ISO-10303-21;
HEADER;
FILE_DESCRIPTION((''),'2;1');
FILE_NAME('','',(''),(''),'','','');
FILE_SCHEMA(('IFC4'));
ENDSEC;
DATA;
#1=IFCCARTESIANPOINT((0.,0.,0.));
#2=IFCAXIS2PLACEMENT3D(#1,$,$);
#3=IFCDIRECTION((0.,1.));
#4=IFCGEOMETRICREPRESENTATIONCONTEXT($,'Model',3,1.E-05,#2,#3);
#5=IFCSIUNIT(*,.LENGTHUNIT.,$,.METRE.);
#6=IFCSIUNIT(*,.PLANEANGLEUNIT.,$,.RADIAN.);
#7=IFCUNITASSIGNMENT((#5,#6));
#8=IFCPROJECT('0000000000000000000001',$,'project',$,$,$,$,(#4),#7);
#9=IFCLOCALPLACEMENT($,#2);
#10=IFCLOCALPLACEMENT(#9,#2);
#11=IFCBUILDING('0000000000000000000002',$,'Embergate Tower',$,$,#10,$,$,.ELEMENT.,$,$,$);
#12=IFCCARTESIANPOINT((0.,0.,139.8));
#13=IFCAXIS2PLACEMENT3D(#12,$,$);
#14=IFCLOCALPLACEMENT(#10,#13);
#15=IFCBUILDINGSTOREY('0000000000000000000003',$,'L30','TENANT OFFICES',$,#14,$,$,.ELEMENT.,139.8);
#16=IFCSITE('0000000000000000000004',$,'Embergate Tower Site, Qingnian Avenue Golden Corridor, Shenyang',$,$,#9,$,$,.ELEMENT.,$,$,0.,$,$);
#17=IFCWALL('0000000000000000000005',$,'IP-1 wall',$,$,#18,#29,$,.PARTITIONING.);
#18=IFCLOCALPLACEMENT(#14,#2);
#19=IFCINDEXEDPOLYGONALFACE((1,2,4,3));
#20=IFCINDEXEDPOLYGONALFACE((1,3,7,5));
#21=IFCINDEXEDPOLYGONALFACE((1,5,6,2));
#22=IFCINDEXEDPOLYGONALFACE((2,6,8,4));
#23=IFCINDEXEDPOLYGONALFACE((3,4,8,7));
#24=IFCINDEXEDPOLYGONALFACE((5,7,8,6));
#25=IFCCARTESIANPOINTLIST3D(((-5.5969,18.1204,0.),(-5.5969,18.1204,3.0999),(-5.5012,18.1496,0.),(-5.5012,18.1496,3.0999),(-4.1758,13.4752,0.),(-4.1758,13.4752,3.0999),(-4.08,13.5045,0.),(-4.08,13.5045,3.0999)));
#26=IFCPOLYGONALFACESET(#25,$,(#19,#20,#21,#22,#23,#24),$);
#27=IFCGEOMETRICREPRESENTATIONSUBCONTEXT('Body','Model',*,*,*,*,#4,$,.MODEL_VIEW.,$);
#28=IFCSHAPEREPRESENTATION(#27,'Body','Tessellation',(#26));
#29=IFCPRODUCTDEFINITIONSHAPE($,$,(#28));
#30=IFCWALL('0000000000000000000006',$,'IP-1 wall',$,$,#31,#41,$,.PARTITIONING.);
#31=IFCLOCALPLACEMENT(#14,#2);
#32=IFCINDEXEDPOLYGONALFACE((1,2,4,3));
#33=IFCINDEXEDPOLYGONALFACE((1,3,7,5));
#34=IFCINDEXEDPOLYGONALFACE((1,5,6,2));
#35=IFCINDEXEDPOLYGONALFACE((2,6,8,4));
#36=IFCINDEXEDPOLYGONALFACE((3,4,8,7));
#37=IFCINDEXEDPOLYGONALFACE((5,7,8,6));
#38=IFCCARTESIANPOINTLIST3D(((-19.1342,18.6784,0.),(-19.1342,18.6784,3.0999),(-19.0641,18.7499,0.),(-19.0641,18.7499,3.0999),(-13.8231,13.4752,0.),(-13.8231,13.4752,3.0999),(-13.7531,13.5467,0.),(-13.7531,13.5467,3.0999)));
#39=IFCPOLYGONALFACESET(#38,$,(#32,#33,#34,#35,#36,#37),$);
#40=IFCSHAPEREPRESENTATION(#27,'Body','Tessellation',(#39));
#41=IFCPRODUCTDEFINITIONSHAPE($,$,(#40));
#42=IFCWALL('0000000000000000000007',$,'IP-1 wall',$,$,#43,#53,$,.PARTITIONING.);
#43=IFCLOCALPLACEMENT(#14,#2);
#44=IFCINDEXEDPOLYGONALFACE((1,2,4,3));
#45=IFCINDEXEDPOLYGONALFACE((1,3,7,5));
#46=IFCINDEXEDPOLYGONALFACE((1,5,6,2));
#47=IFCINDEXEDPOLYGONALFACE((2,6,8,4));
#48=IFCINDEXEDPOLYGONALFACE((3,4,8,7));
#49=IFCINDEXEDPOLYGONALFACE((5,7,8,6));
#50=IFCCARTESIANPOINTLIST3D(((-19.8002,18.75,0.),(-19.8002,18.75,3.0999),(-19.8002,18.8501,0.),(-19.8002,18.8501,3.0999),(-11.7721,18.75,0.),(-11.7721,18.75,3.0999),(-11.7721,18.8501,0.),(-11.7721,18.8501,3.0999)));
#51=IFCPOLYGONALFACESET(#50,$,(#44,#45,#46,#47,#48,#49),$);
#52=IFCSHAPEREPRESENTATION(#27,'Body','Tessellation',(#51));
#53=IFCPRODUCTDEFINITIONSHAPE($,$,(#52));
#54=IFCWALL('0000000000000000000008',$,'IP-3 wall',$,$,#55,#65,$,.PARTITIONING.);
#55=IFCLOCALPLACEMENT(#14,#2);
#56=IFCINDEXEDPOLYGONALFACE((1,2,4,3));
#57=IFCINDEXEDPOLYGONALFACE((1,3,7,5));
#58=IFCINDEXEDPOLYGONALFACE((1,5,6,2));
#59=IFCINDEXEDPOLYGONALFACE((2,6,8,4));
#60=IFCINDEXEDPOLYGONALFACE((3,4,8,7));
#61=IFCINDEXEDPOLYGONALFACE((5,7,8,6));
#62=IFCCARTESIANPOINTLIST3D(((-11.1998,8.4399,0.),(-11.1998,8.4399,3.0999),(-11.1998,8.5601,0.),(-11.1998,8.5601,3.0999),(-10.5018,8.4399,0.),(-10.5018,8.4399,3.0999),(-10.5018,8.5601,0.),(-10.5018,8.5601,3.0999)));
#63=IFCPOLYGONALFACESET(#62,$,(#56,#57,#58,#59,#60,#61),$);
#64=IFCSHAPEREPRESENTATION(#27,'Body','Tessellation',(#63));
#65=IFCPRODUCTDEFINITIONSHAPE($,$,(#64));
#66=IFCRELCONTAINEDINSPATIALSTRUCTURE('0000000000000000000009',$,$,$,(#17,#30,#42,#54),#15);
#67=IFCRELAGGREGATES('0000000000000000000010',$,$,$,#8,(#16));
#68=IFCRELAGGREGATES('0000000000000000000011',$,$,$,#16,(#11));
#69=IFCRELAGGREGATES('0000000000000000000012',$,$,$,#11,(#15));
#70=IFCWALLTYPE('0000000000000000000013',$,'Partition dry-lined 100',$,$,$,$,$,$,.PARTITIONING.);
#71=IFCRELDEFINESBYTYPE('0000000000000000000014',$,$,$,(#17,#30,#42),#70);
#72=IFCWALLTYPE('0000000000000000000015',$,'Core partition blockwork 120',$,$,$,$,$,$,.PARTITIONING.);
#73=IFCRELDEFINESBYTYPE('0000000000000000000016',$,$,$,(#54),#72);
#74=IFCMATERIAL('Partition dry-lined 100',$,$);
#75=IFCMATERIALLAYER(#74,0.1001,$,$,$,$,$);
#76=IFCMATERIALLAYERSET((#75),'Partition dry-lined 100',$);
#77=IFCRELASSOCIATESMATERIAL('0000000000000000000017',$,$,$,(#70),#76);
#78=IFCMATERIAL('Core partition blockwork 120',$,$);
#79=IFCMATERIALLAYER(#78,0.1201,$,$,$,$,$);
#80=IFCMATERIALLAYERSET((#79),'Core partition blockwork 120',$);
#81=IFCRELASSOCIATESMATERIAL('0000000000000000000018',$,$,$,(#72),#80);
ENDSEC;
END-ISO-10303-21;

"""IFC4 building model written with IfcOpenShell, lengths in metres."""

from ifc_helpers import new_model, si_unit, direction, frame, frame_2d, origin, place, context, subcontext, project, spatial, rectangle, extrude, source, transform, mapped, material, layer, layer_set, type_object, element, save


model = new_model("IFC4")

# Units and contexts
model_context = context("Model", 3, precision=1e-05, world=origin(), true_north=direction((0.0, 1.0)))
body_context = subcontext(model_context, "Body", "Model", "MODEL_VIEW")
ifc_project = project(units=[si_unit("LENGTHUNIT", "METRE"), si_unit("PLANEANGLEUNIT", "RADIAN")], contexts=[model_context])

# Site, building, storey
site_placement = place(None, origin())
site = spatial("IfcSite", under=ifc_project, at=site_placement, Name="Embergate Tower Site, Qingnian Avenue Golden Corridor, Shenyang", CompositionType="ELEMENT", RefElevation=0.0)
building_placement = place(site_placement, origin())
building = spatial("IfcBuilding", under=site, at=building_placement, Name="Embergate Tower", CompositionType="ELEMENT")
storey_placement = place(building_placement, frame((0.0, 0.0, 139.8)))
storey = spatial("IfcBuildingStorey", under=building, at=storey_placement, Name="L30", Description="TENANT OFFICES", CompositionType="ELEMENT", Elevation=139.8)

# Shared definitions
ifc_material_1 = material(Name="Partition dry-lined 100")
ifc_layer_1 = layer(ifc_material_1, 0.1001)
ifc_layer_set_1 = layer_set([ifc_layer_1], Name="Partition dry-lined 100")
wall_type_1 = type_object("IfcWallType", Name="Partition dry-lined 100", PredefinedType="PARTITIONING", material=ifc_layer_set_1)

# Walls
shared_shape_1 = source(origin(), body_context, "Body", "SweptSolid", [
    extrude(rectangle(XDim=4.8577, YDim=0.1001, at=frame_2d((2.4287, 0.0))), origin(), (0.0, 0.0, 1.0), 3.0999),
])
wall_1_placement = place(storey_placement, frame((-4.1279, 13.49, 0.0), z_axis=(0.0, 0.0, 1.0), x_axis=(-0.292563, 0.956246, 0.0)))
element("IfcWall", 1, at=wall_1_placement, inside=storey, type_object=wall_type_1, Name="IP-1 wall", PredefinedType="PARTITIONING", context=body_context, shape_type="MappedRepresentation", body=[
    mapped(shared_shape_1, transform((0.0, 0.0, 0.0))),
])
shared_shape_2 = source(origin(), body_context, "Body", "SweptSolid", [
    extrude(rectangle(XDim=7.4351, YDim=0.1001, at=frame_2d((3.7175, 0.0))), origin(), (0.0, 0.0, 1.0), 3.0999),
])
wall_2_placement = place(storey_placement, frame((-13.7881, 13.511, 0.0), z_axis=(0.0, 0.0, 1.0), x_axis=(-0.714326, 0.699813, 0.0)))
element("IfcWall", 2, at=wall_2_placement, inside=storey, type_object=wall_type_1, Name="IP-1 wall", PredefinedType="PARTITIONING", context=body_context, shape_type="MappedRepresentation", body=[
    mapped(shared_shape_2, transform((0.0, 0.0, 0.0))),
])
shared_shape_3 = source(origin(), body_context, "Body", "SweptSolid", [
    extrude(rectangle(XDim=8.0281, YDim=0.1001, at=frame_2d((4.0142, 0.0))), origin(), (0.0, 0.0, 1.0), 3.0999),
])
wall_3_placement = place(storey_placement, frame((-11.772, 18.8, 0.0), z_axis=(0.0, 0.0, 1.0), x_axis=(-1.0, 0.0, 0.0)))
element("IfcWall", 3, at=wall_3_placement, inside=storey, type_object=wall_type_1, Name="IP-1 wall", PredefinedType="PARTITIONING", context=body_context, shape_type="MappedRepresentation", body=[
    mapped(shared_shape_3, transform((0.0, 0.0, 0.0))),
])
ifc_material_2 = material(Name="Core partition blockwork 120")
ifc_layer_2 = layer(ifc_material_2, 0.1201)
ifc_layer_set_2 = layer_set([ifc_layer_2], Name="Core partition blockwork 120")
wall_type_2 = type_object("IfcWallType", Name="Core partition blockwork 120", PredefinedType="PARTITIONING", material=ifc_layer_set_2)
shared_shape_4 = source(origin(), body_context, "Body", "SweptSolid", [
    extrude(rectangle(XDim=0.698, YDim=0.1201, at=frame_2d((0.3491, 0.0))), origin(), (0.0, 0.0, 1.0), 3.0999),
])
wall_4_placement = place(storey_placement, frame((-11.2, 8.5, 0.0), z_axis=(0.0, 0.0, 1.0), x_axis=(1.0, 0.0, 0.0)))
element("IfcWall", 4, at=wall_4_placement, inside=storey, type_object=wall_type_2, Name="IP-3 wall", PredefinedType="PARTITIONING", context=body_context, shape_type="MappedRepresentation", body=[
    mapped(shared_shape_4, transform((0.0, 0.0, 0.0))),
])

save(model, "model.ifc")
